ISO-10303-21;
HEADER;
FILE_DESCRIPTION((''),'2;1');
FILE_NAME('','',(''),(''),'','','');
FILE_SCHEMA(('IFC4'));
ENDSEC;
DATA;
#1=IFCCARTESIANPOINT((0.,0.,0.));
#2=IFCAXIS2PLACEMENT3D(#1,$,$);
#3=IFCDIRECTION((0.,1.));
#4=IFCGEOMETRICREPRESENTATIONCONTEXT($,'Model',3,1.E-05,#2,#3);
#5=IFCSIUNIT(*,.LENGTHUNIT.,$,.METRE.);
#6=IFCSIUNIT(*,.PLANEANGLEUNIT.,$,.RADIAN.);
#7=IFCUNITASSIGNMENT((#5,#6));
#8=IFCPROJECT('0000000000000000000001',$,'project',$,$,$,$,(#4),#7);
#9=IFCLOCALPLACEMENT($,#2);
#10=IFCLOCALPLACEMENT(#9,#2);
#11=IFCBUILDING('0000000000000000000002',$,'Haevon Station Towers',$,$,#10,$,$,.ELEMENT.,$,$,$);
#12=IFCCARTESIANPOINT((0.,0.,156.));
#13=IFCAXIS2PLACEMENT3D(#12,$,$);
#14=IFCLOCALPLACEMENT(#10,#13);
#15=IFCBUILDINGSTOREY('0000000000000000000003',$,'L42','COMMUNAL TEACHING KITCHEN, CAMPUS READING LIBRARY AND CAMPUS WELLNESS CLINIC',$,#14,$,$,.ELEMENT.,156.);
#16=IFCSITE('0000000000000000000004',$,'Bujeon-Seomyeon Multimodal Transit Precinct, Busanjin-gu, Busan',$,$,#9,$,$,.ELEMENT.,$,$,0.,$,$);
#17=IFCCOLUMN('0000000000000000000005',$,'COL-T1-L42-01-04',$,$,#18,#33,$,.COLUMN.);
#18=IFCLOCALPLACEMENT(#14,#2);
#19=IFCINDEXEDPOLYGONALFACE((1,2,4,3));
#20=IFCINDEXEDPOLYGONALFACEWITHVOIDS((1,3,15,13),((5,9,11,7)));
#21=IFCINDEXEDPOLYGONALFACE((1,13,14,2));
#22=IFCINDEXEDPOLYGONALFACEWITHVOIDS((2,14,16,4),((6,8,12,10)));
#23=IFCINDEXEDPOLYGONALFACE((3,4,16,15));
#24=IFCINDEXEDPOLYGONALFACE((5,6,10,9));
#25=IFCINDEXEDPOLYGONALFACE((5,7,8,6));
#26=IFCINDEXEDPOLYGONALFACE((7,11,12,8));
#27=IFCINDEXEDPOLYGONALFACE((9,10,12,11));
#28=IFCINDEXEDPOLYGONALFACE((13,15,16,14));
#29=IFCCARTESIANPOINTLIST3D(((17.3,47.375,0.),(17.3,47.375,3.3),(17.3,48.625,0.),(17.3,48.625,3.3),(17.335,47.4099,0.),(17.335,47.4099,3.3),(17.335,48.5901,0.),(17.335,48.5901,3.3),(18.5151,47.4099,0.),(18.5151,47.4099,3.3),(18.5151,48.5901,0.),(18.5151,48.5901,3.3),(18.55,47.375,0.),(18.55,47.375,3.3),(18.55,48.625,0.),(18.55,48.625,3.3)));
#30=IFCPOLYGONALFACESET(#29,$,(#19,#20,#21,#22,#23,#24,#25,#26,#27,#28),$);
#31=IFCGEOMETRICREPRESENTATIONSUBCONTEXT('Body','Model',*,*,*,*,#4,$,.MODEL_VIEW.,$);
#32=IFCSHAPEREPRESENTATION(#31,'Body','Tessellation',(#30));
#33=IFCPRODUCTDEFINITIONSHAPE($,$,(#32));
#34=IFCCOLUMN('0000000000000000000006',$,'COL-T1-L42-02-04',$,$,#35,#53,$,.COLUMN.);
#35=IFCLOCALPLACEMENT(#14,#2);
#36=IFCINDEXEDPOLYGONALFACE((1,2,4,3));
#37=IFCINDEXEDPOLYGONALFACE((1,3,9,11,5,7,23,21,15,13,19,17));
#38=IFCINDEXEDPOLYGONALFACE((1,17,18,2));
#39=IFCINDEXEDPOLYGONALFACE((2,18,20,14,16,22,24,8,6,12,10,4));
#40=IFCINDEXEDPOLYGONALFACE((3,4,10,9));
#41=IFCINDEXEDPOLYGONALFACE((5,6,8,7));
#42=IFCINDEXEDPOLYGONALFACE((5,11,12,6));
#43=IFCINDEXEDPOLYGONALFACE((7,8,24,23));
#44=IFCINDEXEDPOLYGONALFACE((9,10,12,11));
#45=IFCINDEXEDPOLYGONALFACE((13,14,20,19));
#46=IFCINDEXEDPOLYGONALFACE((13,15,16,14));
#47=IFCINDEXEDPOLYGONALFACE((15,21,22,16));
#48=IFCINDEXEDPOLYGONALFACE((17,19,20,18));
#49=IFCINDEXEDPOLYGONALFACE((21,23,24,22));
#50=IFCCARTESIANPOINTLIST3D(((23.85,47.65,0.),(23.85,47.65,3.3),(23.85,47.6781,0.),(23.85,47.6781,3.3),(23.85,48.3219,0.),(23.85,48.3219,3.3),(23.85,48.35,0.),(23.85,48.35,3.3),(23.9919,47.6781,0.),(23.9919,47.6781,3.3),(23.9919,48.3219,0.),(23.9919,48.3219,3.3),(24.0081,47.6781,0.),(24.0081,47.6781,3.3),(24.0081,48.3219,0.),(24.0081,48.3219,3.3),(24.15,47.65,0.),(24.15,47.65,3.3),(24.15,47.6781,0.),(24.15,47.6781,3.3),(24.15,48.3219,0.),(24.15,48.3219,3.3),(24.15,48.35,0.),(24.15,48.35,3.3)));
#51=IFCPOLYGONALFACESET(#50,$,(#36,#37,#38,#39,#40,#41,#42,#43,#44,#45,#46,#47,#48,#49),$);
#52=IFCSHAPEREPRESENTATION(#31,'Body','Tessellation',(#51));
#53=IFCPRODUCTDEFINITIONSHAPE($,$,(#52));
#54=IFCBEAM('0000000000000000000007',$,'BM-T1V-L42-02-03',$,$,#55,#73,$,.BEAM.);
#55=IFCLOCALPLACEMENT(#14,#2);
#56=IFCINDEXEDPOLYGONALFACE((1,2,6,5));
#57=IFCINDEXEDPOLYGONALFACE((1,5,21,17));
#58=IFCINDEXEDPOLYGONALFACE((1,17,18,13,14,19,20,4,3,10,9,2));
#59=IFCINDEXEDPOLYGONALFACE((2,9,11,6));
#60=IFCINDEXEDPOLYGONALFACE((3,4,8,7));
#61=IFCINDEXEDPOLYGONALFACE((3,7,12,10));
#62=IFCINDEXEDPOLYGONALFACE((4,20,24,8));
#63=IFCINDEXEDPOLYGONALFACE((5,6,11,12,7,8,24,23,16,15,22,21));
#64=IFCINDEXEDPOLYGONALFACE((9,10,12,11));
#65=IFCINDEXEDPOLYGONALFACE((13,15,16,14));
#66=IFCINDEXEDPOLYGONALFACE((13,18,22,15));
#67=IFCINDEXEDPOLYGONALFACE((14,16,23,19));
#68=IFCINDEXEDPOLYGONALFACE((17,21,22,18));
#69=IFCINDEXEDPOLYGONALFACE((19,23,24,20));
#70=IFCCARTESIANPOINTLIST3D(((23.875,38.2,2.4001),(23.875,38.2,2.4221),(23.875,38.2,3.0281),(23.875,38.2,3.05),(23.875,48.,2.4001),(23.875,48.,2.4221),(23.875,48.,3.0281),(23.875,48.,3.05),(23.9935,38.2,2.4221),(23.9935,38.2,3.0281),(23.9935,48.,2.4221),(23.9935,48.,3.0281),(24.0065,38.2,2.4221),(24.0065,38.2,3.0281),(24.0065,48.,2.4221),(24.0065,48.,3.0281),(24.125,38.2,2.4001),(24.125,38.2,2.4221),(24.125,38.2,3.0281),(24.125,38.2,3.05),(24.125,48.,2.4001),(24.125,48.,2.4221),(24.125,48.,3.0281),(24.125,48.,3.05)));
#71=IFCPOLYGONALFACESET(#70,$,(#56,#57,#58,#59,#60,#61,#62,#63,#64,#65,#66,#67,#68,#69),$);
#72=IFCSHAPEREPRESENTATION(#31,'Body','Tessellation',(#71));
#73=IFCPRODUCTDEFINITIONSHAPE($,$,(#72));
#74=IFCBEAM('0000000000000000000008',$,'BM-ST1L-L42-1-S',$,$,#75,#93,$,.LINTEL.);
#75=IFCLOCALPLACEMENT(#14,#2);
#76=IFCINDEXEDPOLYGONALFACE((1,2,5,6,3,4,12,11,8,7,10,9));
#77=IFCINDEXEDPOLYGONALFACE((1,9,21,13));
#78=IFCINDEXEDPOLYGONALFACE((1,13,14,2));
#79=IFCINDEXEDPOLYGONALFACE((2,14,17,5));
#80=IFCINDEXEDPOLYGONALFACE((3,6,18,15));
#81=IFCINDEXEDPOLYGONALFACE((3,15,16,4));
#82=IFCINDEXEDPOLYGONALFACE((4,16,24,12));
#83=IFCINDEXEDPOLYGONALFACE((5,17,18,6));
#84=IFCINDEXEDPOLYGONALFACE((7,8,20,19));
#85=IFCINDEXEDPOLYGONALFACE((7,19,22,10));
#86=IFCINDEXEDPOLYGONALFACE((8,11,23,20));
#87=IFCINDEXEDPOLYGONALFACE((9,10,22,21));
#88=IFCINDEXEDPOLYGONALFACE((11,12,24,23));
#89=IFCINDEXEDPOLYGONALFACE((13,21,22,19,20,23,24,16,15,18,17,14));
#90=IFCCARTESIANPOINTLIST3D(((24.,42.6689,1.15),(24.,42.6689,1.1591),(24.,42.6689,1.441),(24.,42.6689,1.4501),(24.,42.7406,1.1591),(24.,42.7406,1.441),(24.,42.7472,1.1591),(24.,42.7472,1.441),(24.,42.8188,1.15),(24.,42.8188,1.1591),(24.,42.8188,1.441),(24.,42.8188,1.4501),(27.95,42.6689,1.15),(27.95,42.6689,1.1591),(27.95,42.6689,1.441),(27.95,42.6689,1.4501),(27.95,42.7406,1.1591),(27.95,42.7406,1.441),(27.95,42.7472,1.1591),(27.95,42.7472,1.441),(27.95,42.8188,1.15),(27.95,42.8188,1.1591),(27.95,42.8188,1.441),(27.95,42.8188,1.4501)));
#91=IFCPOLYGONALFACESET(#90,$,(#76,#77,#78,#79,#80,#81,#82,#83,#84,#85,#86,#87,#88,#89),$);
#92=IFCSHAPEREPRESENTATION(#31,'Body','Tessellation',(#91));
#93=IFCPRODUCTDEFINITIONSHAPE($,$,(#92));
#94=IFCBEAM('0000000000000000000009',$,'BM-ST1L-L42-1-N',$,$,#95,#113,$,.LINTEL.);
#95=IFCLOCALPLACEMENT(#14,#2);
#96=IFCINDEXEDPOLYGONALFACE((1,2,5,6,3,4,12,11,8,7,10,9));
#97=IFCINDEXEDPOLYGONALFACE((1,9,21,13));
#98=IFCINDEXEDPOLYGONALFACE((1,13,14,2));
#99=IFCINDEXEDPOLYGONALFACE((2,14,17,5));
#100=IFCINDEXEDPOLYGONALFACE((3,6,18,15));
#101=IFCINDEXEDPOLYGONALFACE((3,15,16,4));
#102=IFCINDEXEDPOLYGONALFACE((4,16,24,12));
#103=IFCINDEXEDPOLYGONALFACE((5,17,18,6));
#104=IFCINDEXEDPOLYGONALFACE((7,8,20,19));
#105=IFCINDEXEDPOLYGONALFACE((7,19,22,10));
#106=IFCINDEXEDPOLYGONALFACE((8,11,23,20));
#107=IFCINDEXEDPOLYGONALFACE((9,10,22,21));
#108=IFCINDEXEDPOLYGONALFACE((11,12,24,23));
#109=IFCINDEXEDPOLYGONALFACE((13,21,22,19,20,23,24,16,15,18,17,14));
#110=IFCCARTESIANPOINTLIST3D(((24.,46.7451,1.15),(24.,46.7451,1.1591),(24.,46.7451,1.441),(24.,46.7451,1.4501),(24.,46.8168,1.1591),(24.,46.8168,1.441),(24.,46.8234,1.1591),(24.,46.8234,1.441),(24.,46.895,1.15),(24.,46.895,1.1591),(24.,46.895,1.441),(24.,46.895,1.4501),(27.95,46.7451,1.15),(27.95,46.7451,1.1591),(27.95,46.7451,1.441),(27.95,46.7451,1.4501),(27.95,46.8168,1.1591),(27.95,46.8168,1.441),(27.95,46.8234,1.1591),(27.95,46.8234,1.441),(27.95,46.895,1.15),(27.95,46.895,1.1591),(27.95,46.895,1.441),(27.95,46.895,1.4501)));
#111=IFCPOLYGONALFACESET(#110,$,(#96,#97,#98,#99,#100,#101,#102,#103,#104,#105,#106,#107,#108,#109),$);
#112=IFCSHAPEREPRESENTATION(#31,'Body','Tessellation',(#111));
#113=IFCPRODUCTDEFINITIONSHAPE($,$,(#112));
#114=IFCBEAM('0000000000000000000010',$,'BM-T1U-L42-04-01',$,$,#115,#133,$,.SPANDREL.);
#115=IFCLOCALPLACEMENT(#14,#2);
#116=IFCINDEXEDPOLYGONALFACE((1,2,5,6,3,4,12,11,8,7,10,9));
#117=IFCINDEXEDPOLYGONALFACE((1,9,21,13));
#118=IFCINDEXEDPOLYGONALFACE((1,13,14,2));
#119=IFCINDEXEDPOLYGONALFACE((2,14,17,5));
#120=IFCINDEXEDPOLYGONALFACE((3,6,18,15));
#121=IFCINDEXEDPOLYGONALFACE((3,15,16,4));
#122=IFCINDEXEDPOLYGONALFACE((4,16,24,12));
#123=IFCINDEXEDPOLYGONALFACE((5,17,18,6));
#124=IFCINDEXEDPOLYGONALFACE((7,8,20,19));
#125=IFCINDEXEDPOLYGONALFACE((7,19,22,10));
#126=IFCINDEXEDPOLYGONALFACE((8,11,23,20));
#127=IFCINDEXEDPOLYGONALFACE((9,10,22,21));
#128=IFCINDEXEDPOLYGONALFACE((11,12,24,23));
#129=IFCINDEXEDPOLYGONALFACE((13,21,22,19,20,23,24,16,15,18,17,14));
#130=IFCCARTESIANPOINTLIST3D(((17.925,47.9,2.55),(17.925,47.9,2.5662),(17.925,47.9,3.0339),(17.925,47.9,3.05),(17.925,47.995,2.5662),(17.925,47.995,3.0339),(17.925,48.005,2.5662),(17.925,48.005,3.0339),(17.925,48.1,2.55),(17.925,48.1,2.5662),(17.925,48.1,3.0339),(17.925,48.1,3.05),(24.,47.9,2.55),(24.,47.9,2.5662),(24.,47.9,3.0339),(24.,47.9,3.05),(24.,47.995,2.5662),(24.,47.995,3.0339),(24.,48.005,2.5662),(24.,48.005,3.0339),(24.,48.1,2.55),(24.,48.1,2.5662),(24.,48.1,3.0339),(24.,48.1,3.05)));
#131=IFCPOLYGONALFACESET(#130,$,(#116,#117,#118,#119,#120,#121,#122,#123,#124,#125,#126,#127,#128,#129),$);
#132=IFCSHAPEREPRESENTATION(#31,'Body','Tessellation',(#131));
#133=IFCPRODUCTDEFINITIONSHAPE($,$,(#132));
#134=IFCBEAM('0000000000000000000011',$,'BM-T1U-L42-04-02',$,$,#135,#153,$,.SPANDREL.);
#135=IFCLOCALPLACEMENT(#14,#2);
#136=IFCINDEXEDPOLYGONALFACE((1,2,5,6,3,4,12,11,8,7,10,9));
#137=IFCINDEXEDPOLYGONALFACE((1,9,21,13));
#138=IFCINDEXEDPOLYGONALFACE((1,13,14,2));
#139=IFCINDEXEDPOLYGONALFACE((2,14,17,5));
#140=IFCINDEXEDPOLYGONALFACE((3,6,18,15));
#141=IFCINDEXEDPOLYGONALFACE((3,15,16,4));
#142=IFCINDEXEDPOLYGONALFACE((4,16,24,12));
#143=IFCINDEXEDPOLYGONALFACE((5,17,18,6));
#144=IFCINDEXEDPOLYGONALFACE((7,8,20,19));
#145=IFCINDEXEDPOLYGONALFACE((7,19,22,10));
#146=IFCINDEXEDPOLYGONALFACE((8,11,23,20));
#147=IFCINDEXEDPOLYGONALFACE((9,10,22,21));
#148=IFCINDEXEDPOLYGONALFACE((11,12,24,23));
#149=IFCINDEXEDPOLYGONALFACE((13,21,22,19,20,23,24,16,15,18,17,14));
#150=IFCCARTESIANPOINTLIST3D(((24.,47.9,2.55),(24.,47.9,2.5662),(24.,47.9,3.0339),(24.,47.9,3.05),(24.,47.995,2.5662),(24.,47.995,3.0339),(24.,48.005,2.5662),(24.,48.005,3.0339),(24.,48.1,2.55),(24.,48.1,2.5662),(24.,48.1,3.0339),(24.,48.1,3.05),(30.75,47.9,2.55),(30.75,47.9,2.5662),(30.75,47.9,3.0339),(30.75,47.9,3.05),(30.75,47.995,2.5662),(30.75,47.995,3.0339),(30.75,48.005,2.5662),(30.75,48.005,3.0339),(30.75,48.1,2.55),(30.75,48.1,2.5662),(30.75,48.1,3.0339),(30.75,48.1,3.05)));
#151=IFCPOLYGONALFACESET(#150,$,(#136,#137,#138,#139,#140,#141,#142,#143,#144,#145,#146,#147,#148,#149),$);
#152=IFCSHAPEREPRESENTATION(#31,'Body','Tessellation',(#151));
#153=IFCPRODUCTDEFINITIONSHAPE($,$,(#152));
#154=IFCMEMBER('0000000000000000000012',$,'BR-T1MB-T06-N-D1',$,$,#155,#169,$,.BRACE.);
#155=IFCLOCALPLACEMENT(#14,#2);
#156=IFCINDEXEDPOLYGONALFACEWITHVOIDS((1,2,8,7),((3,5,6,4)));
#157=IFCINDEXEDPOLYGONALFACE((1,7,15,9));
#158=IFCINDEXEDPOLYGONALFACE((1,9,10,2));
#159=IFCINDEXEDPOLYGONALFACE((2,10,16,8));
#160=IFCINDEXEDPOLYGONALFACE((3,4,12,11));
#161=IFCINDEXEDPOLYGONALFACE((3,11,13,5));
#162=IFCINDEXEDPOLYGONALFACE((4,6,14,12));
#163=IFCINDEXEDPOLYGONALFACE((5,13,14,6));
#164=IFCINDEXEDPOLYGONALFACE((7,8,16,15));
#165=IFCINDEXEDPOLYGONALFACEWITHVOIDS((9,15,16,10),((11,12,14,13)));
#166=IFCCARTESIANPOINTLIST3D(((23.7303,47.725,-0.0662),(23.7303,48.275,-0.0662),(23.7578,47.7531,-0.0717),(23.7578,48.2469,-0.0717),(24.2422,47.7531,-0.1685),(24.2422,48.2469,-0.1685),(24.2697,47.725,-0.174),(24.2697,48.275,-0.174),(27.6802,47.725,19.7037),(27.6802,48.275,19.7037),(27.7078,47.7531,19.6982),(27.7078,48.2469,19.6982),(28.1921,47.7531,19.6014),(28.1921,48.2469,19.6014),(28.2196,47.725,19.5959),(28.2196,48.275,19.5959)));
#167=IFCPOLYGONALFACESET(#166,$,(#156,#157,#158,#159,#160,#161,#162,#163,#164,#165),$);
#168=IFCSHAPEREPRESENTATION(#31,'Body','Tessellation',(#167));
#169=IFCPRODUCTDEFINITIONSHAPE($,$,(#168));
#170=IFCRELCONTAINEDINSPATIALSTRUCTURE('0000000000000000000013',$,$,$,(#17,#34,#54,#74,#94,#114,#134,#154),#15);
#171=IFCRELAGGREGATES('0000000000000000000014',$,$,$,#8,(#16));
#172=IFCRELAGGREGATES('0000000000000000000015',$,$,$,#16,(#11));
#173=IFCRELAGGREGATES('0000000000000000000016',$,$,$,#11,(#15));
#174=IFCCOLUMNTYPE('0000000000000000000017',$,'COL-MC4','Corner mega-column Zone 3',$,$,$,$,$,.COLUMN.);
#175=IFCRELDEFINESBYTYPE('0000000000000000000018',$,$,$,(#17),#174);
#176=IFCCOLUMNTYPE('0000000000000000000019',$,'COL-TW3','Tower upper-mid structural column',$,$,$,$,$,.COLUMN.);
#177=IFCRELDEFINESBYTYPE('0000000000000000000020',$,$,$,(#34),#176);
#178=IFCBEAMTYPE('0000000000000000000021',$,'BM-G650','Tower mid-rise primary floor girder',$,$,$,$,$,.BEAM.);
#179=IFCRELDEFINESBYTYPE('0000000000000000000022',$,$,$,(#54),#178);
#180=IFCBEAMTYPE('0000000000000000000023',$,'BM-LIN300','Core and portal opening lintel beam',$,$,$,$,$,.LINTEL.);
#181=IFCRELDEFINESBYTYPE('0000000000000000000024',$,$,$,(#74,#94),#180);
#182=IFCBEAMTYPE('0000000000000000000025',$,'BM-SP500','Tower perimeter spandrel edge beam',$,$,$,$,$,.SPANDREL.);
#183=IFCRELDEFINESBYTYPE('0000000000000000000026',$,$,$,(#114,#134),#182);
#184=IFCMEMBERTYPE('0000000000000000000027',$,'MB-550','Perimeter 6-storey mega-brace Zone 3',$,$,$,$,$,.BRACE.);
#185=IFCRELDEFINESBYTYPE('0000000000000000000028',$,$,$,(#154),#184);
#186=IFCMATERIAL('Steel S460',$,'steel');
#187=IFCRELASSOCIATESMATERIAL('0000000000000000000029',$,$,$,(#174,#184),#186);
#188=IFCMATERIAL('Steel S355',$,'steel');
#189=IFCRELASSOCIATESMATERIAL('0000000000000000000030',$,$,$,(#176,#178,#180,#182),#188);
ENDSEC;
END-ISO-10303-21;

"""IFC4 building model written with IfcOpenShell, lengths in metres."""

from ifc_helpers import new_model, si_unit, direction, frame, origin, origin_2d, place, context, subcontext, project, spatial, hollow_rectangle, i_section, extrude, material, material_profile, profile_set, type_object, element, save


model = new_model("IFC4")

# Units and contexts
model_context = context("Model", 3, precision=1e-05, world=origin(), true_north=direction((0.0, 1.0)))
body_context = subcontext(model_context, "Body", "Model", "MODEL_VIEW")
ifc_project = project(units=[si_unit("LENGTHUNIT", "METRE"), si_unit("PLANEANGLEUNIT", "RADIAN")], contexts=[model_context])

# Site, building, storey
site_placement = place(None, origin())
site = spatial("IfcSite", under=ifc_project, at=site_placement, Name="Bujeon-Seomyeon Multimodal Transit Precinct, Busanjin-gu, Busan", CompositionType="ELEMENT", RefElevation=0.0)
building_placement = place(site_placement, origin())
building = spatial("IfcBuilding", under=site, at=building_placement, Name="Haevon Station Towers", CompositionType="ELEMENT")
storey_placement = place(building_placement, frame((0.0, 0.0, 156.0)))
storey = spatial("IfcBuildingStorey", under=building, at=storey_placement, Name="L42", Description="COMMUNAL TEACHING KITCHEN, CAMPUS READING LIBRARY AND CAMPUS WELLNESS CLINIC", CompositionType="ELEMENT", Elevation=156.0)

# Columns
ifc_material_1 = material(Name="Steel S460", Category="steel")
ifc_material_profile_1 = material_profile(ifc_material_1, hollow_rectangle(XDim=1.25, YDim=1.25, WallThickness=0.0349, at=origin_2d()), Name="BOX-1250x1250x35")
ifc_profile_set_1 = profile_set([ifc_material_profile_1], Name="Steel S460")
column_type_1 = type_object("IfcColumnType", Name="COL-MC4", Description="Corner mega-column Zone 3", PredefinedType="COLUMN", material=ifc_profile_set_1)
column_1_placement = place(storey_placement, frame((17.925, 48.0, 0.0), z_axis=(0.0, 0.0, 1.0), x_axis=(1.0, 0.0, 0.0)))
element("IfcColumn", 1, at=column_1_placement, inside=storey, type_object=column_type_1, Name="COL-T1-L42-01-04", PredefinedType="COLUMN", context=body_context, shape_type="SweptSolid", body=[
    extrude(hollow_rectangle(XDim=1.25, YDim=1.25, WallThickness=0.0349, at=origin_2d()), origin(), (0.0, 0.0, 1.0), 3.3),
])
ifc_material_2 = material(Name="Steel S355", Category="steel")
ifc_material_profile_2 = material_profile(ifc_material_2, i_section(OverallWidth=0.3, OverallDepth=0.7, WebThickness=0.0161, FlangeThickness=0.0281, at=origin_2d()), Name="H-700x300x16x28")
ifc_profile_set_2 = profile_set([ifc_material_profile_2], Name="Steel S355")
column_type_2 = type_object("IfcColumnType", Name="COL-TW3", Description="Tower upper-mid structural column", PredefinedType="COLUMN", material=ifc_profile_set_2)
column_2_placement = place(storey_placement, frame((24.0, 48.0, 0.0), z_axis=(0.0, 0.0, 1.0), x_axis=(1.0, 0.0, 0.0)))
element("IfcColumn", 2, at=column_2_placement, inside=storey, type_object=column_type_2, Name="COL-T1-L42-02-04", PredefinedType="COLUMN", context=body_context, shape_type="SweptSolid", body=[
    extrude(i_section(OverallWidth=0.3, OverallDepth=0.7, WebThickness=0.0161, FlangeThickness=0.0281, at=origin_2d()), origin(), (0.0, 0.0, 1.0), 3.3),
])

# Beams
ifc_material_profile_3 = material_profile(ifc_material_2, i_section(OverallWidth=0.25, OverallDepth=0.6499, WebThickness=0.0129, FlangeThickness=0.022, at=origin_2d()), Name="H-650x250x13x22")
ifc_profile_set_3 = profile_set([ifc_material_profile_3], Name="Steel S355")
beam_type_1 = type_object("IfcBeamType", Name="BM-G650", Description="Tower mid-rise primary floor girder", PredefinedType="BEAM", material=ifc_profile_set_3)
beam_1_placement = place(storey_placement, frame((24.0, 38.2, 2.7251), z_axis=(0.0, 1.0, 0.0), x_axis=(-1.0, 0.0, 0.0)))
element("IfcBeam", 3, at=beam_1_placement, inside=storey, type_object=beam_type_1, Name="BM-T1V-L42-02-03", PredefinedType="BEAM", context=body_context, shape_type="SweptSolid", body=[
    extrude(i_section(OverallWidth=0.25, OverallDepth=0.6499, WebThickness=0.0129, FlangeThickness=0.022, at=origin_2d()), origin(), (0.0, 0.0, 1.0), 9.8),
])
ifc_material_profile_4 = material_profile(ifc_material_2, i_section(OverallWidth=0.1499, OverallDepth=0.3, WebThickness=0.0066, FlangeThickness=0.009, at=origin_2d()), Name="H-300x150x6.5x9")
ifc_profile_set_4 = profile_set([ifc_material_profile_4], Name="Steel S355")
beam_type_2 = type_object("IfcBeamType", Name="BM-LIN300", Description="Core and portal opening lintel beam", PredefinedType="LINTEL", material=ifc_profile_set_4)
for number, where, z_axis, x_axis, name in (
    (4, (24.0, 42.7439, 1.3), (1.0, 0.0, 0.0), (0.0, 1.0, 0.0), "BM-ST1L-L42-1-S"),
    (5, (24.0, 46.8201, 1.3), (1.0, 0.0, 0.0), (0.0, 1.0, 0.0), "BM-ST1L-L42-1-N"),
):
    element("IfcBeam", number, at=place(storey_placement, frame(where, z_axis=z_axis, x_axis=x_axis)), inside=storey, type_object=beam_type_2, Name=name, PredefinedType="LINTEL", context=body_context, shape_type="SweptSolid", body=[
        extrude(i_section(OverallWidth=0.1499, OverallDepth=0.3, WebThickness=0.0066, FlangeThickness=0.009, at=origin_2d()), origin(), (0.0, 0.0, 1.0), 3.95),
    ])
ifc_material_profile_5 = material_profile(ifc_material_2, i_section(OverallWidth=0.2, OverallDepth=0.5, WebThickness=0.01, FlangeThickness=0.0161, at=origin_2d()), Name="H-500x200x10x16")
ifc_profile_set_5 = profile_set([ifc_material_profile_5], Name="Steel S355")
beam_type_3 = type_object("IfcBeamType", Name="BM-SP500", Description="Tower perimeter spandrel edge beam", PredefinedType="SPANDREL", material=ifc_profile_set_5)
beam_2_placement = place(storey_placement, frame((17.925, 48.0, 2.8), z_axis=(1.0, 0.0, 0.0), x_axis=(0.0, 1.0, 0.0)))
element("IfcBeam", 6, at=beam_2_placement, inside=storey, type_object=beam_type_3, Name="BM-T1U-L42-04-01", PredefinedType="SPANDREL", context=body_context, shape_type="SweptSolid", body=[
    extrude(i_section(OverallWidth=0.2, OverallDepth=0.5, WebThickness=0.01, FlangeThickness=0.0161, at=origin_2d()), origin(), (0.0, 0.0, 1.0), 6.075),
])
beam_3_placement = place(storey_placement, frame((24.0, 48.0, 2.8), z_axis=(1.0, 0.0, 0.0), x_axis=(0.0, 1.0, 0.0)))
element("IfcBeam", 7, at=beam_3_placement, inside=storey, type_object=beam_type_3, Name="BM-T1U-L42-04-02", PredefinedType="SPANDREL", context=body_context, shape_type="SweptSolid", body=[
    extrude(i_section(OverallWidth=0.2, OverallDepth=0.5, WebThickness=0.01, FlangeThickness=0.0161, at=origin_2d()), origin(), (0.0, 0.0, 1.0), 6.75),
])

# Member
ifc_material_profile_6 = material_profile(ifc_material_1, hollow_rectangle(XDim=0.55, YDim=0.55, WallThickness=0.0281, at=origin_2d()), Name="RHS-550x550x28")
ifc_profile_set_6 = profile_set([ifc_material_profile_6], Name="Steel S460")
member_type = type_object("IfcMemberType", Name="MB-550", Description="Perimeter 6-storey mega-brace Zone 3", PredefinedType="BRACE", material=ifc_profile_set_6)
member_placement = place(storey_placement, frame((24.0, 48.0, -0.1201), z_axis=(0.195923, 0.0, 0.980619), x_axis=(0.0, 1.0, 0.0)))
element("IfcMember", 8, at=member_placement, inside=storey, type_object=member_type, Name="BR-T1MB-T06-N-D1", PredefinedType="BRACE", context=body_context, shape_type="SweptSolid", body=[
    extrude(hollow_rectangle(XDim=0.55, YDim=0.55, WallThickness=0.0281, at=origin_2d()), origin(), (0.0, 0.0, 1.0), 20.1606),
])

save(model, "model.ifc")
